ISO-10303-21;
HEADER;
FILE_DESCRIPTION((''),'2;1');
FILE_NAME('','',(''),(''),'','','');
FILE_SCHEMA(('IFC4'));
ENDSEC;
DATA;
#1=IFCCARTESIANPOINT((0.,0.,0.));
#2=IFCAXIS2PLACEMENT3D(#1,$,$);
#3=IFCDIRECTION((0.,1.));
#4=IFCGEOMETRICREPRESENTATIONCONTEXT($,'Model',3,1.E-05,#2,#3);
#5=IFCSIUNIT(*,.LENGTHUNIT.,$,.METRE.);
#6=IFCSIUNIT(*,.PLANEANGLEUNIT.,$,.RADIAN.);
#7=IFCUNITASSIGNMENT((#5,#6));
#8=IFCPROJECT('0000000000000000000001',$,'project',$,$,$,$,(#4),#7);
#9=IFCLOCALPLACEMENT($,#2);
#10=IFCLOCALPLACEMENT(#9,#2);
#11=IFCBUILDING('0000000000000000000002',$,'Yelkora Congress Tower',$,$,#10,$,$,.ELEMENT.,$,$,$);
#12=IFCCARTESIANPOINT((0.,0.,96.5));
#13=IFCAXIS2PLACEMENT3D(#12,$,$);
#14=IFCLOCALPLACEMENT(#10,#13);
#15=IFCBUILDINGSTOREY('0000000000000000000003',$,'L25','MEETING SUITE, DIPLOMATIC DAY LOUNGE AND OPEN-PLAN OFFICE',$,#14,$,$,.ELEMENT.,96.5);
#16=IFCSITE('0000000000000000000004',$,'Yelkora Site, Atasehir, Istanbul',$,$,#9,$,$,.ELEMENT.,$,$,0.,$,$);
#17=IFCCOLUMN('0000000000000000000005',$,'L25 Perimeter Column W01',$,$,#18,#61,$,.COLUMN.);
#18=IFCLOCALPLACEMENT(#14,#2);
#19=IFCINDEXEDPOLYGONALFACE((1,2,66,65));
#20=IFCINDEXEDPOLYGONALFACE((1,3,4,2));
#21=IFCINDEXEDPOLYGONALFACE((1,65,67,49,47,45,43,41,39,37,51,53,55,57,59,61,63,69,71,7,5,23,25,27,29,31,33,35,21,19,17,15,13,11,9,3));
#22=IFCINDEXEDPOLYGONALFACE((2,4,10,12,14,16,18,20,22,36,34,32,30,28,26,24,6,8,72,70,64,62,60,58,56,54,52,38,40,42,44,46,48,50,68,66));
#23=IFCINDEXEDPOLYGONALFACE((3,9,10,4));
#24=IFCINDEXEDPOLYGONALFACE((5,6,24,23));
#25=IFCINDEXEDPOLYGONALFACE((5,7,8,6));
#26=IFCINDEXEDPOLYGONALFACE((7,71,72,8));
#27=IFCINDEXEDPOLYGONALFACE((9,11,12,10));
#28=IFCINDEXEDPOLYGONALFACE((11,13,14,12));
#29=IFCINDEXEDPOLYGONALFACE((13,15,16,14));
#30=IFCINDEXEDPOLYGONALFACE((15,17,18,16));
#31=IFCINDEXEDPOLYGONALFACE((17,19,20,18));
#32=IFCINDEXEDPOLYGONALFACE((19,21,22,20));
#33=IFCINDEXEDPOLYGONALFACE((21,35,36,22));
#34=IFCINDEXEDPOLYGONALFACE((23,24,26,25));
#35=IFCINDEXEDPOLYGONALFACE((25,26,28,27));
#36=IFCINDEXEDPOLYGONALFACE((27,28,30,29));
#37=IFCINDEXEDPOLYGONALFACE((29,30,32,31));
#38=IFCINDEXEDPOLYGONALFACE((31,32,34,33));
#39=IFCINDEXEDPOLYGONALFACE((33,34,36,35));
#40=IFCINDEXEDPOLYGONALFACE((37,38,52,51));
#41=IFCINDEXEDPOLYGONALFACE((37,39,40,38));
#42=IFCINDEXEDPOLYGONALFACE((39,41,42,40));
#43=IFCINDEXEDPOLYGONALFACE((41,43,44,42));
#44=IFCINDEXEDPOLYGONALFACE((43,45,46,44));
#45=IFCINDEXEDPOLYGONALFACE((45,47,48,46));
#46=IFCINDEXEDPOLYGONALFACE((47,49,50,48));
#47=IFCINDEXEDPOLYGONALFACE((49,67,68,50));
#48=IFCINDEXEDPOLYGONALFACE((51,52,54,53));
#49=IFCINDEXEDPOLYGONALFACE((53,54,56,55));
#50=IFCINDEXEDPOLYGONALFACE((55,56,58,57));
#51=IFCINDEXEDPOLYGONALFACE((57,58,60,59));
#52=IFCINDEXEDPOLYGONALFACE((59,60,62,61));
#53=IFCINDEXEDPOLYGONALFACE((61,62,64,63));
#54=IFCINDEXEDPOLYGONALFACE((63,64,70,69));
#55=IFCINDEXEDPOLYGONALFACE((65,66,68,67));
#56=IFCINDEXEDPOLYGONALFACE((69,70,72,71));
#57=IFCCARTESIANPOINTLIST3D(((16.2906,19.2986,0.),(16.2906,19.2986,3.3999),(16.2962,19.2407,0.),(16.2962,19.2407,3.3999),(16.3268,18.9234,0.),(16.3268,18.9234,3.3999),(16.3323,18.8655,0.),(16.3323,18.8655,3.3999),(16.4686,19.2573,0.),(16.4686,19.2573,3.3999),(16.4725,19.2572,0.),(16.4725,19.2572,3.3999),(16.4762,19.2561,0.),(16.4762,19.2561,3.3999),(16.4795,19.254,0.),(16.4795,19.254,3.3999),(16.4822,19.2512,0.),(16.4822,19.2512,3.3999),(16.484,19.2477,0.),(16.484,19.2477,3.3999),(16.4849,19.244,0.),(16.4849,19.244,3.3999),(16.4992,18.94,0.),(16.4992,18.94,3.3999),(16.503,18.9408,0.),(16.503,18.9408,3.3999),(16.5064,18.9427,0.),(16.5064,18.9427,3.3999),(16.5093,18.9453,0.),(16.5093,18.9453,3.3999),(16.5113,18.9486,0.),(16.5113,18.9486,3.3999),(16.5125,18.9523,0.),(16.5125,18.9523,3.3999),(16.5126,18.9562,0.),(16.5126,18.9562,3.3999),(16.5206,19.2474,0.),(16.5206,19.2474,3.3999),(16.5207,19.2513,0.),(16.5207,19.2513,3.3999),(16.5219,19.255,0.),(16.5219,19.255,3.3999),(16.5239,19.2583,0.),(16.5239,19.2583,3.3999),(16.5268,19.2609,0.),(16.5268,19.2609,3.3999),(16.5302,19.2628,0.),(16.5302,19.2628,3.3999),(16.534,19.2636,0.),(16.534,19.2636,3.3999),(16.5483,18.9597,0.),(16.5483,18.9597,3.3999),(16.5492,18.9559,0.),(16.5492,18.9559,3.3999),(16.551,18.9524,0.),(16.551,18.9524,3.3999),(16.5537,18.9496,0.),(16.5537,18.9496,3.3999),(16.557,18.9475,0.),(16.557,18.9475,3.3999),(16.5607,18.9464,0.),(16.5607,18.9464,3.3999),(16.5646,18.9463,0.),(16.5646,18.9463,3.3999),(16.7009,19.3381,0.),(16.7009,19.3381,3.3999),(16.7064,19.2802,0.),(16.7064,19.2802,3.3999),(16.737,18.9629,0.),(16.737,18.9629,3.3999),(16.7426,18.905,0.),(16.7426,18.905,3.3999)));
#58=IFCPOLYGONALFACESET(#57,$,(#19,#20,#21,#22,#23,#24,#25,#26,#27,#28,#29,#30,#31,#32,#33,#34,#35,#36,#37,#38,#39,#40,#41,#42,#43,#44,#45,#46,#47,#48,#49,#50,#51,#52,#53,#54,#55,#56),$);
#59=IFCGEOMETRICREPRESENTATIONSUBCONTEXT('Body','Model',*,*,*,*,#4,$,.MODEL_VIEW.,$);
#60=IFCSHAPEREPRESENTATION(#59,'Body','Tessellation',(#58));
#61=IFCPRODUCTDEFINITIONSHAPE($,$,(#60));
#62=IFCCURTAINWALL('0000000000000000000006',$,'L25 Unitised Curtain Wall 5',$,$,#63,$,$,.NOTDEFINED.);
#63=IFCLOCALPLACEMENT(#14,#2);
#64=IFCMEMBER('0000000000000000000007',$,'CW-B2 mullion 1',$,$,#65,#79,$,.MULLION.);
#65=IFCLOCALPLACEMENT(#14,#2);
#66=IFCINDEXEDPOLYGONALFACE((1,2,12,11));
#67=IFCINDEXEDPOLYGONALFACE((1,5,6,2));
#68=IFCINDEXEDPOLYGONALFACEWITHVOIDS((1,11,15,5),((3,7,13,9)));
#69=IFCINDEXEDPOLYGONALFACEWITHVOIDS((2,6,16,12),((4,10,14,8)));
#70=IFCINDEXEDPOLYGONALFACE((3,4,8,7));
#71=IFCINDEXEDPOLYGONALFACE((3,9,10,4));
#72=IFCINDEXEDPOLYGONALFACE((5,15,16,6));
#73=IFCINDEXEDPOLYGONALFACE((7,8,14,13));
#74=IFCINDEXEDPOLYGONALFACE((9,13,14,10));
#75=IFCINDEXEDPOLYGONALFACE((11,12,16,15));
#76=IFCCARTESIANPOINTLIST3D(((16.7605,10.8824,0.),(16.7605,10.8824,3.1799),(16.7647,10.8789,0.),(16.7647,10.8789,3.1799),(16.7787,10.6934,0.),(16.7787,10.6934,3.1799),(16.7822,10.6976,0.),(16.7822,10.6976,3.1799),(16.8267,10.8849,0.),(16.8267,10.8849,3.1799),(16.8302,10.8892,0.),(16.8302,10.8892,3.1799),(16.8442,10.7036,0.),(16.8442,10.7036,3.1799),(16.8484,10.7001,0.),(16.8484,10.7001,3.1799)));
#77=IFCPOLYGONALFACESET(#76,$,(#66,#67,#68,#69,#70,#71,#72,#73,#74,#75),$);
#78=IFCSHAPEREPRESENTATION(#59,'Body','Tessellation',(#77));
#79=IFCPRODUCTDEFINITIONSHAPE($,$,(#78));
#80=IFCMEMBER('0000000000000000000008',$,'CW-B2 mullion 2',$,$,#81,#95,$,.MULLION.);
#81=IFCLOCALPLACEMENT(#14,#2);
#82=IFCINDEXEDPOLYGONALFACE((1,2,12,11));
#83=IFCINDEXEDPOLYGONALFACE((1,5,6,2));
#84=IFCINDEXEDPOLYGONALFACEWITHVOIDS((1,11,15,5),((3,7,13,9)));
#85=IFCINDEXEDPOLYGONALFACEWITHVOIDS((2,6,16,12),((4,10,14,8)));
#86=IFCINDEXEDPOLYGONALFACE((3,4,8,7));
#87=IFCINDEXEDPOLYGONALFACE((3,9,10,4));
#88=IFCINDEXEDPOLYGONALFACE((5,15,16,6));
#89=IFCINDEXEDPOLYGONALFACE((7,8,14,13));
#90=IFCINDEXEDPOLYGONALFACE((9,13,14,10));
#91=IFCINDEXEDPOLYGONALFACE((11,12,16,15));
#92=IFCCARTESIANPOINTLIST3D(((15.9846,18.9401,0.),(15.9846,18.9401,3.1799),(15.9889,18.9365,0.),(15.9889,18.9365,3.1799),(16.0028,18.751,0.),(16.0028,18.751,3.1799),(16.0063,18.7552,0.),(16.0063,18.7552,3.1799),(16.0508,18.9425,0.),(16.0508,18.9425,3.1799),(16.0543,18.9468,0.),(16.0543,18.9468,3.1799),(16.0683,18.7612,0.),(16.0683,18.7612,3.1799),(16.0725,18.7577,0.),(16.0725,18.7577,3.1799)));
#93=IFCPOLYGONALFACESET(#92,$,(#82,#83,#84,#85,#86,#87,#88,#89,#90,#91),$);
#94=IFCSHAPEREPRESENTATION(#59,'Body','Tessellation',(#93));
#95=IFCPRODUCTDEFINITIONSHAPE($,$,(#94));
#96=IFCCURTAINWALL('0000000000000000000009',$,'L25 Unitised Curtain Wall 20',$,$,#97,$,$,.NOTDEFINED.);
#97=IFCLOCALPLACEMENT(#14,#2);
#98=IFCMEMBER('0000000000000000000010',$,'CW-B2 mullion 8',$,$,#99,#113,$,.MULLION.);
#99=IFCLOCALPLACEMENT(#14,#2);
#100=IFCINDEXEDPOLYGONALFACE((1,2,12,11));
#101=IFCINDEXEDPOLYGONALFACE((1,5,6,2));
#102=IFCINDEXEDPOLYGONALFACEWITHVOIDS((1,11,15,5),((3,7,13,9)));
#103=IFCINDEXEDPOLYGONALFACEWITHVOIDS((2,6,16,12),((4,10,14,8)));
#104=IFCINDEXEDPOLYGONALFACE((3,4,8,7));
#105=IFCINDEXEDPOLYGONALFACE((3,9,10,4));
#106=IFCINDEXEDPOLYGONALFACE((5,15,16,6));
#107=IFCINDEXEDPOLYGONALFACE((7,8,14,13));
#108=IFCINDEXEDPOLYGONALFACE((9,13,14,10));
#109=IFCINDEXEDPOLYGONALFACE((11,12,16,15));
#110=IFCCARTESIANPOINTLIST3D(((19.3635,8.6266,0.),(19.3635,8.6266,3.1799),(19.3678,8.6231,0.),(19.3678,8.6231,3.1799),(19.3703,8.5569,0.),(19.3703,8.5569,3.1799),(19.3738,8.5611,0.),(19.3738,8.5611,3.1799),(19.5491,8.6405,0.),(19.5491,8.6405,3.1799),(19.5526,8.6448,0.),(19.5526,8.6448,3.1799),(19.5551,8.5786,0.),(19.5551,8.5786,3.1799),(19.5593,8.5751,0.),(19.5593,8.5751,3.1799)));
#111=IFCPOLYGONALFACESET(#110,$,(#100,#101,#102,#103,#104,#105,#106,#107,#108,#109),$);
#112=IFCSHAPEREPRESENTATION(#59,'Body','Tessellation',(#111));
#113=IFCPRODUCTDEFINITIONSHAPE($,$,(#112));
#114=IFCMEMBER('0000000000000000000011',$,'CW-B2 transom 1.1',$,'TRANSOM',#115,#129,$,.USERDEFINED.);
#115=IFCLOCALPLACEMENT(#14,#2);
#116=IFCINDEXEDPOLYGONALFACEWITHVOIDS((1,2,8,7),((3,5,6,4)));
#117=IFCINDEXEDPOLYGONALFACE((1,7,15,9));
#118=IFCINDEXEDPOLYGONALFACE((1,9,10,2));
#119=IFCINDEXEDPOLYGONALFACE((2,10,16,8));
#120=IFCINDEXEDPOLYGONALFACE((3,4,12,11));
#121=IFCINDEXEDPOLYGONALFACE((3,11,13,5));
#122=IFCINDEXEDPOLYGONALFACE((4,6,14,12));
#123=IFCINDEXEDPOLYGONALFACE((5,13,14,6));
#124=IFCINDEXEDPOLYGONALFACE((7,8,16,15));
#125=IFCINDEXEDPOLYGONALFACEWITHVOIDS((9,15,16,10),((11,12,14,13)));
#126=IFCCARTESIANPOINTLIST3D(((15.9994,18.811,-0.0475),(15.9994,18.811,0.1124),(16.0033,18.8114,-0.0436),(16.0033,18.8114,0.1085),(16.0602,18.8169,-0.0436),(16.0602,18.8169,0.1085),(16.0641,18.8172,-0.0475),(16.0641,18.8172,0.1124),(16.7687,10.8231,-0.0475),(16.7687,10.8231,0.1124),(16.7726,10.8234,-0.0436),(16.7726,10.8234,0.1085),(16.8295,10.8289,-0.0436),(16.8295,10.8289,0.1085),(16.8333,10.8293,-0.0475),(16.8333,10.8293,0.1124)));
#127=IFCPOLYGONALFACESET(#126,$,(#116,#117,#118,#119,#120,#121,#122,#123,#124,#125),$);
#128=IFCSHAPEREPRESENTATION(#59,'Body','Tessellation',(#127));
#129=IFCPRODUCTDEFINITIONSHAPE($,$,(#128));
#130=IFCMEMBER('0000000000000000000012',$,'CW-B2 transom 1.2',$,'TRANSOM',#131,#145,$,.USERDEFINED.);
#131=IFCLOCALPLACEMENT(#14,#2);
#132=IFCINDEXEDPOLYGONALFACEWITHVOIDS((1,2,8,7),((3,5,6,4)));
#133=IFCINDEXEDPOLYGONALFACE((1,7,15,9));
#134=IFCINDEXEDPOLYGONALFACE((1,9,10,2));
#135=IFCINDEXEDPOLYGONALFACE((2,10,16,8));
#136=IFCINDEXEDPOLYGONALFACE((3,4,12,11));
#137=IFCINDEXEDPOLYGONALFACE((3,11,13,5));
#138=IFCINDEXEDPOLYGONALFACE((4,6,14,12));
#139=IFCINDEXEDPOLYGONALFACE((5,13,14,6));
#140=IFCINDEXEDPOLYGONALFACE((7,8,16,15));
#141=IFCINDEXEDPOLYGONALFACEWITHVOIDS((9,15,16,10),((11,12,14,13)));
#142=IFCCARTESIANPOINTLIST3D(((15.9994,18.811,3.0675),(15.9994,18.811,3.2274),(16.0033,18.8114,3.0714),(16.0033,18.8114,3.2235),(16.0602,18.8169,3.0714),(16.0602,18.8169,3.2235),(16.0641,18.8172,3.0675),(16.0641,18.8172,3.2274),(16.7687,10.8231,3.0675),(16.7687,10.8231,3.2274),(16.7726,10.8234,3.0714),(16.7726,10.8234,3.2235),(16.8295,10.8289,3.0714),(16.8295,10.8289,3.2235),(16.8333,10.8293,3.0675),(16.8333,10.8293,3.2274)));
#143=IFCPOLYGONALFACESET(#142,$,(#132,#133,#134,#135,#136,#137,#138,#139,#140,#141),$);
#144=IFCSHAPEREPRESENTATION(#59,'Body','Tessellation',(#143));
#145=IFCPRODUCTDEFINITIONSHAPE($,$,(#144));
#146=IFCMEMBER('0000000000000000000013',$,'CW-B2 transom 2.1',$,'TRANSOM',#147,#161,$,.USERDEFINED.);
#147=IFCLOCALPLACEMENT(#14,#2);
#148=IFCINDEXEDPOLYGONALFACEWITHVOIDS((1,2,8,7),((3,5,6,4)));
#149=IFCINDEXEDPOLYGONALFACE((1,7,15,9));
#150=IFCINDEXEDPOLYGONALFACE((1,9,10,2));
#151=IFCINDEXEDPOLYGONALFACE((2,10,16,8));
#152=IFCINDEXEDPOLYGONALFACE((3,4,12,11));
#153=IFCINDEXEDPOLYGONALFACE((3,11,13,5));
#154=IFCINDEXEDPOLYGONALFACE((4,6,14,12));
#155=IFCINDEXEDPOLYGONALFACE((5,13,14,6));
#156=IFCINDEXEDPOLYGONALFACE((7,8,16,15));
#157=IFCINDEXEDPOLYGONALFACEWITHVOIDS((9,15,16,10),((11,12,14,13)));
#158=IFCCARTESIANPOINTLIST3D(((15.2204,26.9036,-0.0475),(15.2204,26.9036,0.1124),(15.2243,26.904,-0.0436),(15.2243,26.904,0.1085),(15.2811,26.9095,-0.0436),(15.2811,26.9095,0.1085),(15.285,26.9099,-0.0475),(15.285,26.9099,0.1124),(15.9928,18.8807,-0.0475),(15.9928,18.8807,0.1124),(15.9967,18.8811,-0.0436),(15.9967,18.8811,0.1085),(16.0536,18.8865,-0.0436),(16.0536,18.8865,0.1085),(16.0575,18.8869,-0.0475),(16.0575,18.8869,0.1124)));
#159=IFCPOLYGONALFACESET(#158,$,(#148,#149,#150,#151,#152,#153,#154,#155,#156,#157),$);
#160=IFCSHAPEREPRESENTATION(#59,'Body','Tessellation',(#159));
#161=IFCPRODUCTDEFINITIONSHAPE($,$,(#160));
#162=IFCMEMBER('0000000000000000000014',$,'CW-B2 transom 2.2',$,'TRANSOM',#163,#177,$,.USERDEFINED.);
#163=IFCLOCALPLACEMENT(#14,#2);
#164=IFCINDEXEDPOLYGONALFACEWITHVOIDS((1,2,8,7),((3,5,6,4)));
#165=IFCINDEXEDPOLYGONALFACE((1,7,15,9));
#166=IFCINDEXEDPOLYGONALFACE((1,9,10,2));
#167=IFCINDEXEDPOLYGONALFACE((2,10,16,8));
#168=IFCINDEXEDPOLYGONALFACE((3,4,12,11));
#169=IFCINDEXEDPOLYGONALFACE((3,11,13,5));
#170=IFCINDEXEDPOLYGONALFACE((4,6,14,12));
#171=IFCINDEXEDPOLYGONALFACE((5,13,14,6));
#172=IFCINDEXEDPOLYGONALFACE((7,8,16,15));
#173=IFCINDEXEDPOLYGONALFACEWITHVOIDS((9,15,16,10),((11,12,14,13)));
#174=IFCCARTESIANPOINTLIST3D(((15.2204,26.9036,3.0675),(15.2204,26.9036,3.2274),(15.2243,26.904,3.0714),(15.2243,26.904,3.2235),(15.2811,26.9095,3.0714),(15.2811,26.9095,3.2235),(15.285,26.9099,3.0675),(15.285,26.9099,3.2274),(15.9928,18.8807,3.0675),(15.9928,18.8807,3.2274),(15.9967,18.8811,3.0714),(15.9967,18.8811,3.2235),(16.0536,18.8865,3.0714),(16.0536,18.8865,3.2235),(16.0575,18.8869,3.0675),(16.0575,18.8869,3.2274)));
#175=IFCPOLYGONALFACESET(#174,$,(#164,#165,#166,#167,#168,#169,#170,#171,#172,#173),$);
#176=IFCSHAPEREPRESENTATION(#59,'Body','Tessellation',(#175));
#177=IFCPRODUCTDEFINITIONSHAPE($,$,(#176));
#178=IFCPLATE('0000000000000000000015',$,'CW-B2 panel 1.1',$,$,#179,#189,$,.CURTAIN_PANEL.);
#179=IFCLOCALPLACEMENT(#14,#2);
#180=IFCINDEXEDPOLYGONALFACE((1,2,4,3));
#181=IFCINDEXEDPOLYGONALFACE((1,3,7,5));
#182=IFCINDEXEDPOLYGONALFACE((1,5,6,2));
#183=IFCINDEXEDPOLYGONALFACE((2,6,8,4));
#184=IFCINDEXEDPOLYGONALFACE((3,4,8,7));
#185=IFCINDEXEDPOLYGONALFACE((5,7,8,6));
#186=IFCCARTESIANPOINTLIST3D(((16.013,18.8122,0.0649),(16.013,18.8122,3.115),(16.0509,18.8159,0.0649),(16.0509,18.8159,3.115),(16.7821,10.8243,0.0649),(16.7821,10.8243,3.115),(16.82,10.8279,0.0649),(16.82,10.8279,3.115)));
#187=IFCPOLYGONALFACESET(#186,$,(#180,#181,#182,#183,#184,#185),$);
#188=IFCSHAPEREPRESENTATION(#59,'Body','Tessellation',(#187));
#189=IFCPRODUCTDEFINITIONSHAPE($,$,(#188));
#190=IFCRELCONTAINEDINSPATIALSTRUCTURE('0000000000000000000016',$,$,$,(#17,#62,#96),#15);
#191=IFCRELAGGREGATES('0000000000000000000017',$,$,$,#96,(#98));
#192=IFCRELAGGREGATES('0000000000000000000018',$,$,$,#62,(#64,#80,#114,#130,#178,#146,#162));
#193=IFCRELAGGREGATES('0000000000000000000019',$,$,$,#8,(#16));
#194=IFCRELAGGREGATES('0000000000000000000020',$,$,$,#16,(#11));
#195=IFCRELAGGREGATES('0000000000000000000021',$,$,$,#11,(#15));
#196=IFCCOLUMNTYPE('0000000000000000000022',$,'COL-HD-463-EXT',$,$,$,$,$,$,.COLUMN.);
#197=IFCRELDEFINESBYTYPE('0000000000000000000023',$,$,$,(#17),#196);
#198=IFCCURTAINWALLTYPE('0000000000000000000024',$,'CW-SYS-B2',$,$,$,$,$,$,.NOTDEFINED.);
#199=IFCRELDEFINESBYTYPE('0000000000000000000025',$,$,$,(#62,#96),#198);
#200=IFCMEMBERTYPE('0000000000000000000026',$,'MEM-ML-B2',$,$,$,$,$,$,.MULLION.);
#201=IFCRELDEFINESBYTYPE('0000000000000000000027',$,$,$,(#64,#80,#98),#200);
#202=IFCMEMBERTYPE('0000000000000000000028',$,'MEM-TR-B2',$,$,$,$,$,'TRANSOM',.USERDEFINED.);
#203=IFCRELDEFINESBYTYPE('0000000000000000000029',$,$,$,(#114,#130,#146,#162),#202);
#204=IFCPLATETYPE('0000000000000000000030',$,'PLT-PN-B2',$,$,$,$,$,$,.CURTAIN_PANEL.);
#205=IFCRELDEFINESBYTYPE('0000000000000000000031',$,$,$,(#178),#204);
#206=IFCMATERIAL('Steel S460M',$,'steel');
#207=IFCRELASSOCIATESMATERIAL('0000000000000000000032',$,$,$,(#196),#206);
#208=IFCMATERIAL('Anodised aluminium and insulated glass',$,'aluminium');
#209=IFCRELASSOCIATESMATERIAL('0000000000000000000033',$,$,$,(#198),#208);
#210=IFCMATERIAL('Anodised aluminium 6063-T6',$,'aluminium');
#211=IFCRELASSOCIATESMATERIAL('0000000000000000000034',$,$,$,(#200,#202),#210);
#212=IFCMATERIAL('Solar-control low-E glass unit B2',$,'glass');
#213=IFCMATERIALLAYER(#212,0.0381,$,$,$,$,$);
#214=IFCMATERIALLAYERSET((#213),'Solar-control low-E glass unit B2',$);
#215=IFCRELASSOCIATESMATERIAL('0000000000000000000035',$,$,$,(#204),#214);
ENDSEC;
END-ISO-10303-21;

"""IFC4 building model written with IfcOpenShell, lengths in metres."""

from ifc_helpers import new_model, si_unit, direction, frame, origin, origin_2d, place, context, subcontext, project, spatial, rectangle, hollow_rectangle, i_section, extrude, material, layer, layer_set, material_profile, profile_set, type_object, element, aggregate, save


model = new_model("IFC4")

# Units and contexts
model_context = context("Model", 3, precision=1e-05, world=origin(), true_north=direction((0.0, 1.0)))
body_context = subcontext(model_context, "Body", "Model", "MODEL_VIEW")
ifc_project = project(units=[si_unit("LENGTHUNIT", "METRE"), si_unit("PLANEANGLEUNIT", "RADIAN")], contexts=[model_context])

# Site, building, storey
site_placement = place(None, origin())
site = spatial("IfcSite", under=ifc_project, at=site_placement, Name="Yelkora Site, Atasehir, Istanbul", CompositionType="ELEMENT", RefElevation=0.0)
building_placement = place(site_placement, origin())
building = spatial("IfcBuilding", under=site, at=building_placement, Name="Yelkora Congress Tower", CompositionType="ELEMENT")
storey_placement = place(building_placement, frame((0.0, 0.0, 96.5)))
storey = spatial("IfcBuildingStorey", under=building, at=storey_placement, Name="L25", Description="MEETING SUITE, DIPLOMATIC DAY LOUNGE AND OPEN-PLAN OFFICE", CompositionType="ELEMENT", Elevation=96.5)

# Column
ifc_material_1 = material(Name="Steel S460M", Category="steel")
ifc_material_profile_1 = material_profile(ifc_material_1, i_section(OverallWidth=0.4121, OverallDepth=0.4351, WebThickness=0.0359, FlangeThickness=0.0581, FilletRadius=0.0149, at=origin_2d()), Name="HD 400x463")
ifc_profile_set_1 = profile_set([ifc_material_profile_1], Name="Steel S460M")
column_type = type_object("IfcColumnType", Name="COL-HD-463-EXT", PredefinedType="COLUMN", material=ifc_profile_set_1)
column_placement = place(storey_placement, frame((16.5166, 19.1018, 0.0), z_axis=(0.0, 0.0, 1.0), x_axis=(0.995396, 0.095846, 0.0)))
element("IfcColumn", 1, at=column_placement, inside=storey, type_object=column_type, Name="L25 Perimeter Column W01", PredefinedType="COLUMN", context=body_context, shape_type="SweptSolid", body=[
    extrude(i_section(OverallWidth=0.4121, OverallDepth=0.4351, WebThickness=0.0359, FlangeThickness=0.0581, FilletRadius=0.0149, at=origin_2d()), origin(), (0.0, 0.0, 1.0), 3.3999),
])

# Curtain wall, members
ifc_material_2 = material(Name="Anodised aluminium and insulated glass", Category="aluminium")
curtain_wall_type = type_object("IfcCurtainWallType", Name="CW-SYS-B2", PredefinedType="NOTDEFINED", material=ifc_material_2)
curtain_wall_1_placement = place(storey_placement, origin())
curtain_wall_1 = element("IfcCurtainWall", 2, at=curtain_wall_1_placement, inside=storey, type_object=curtain_wall_type, Name="L25 Unitised Curtain Wall 5", PredefinedType="NOTDEFINED")
ifc_material_3 = material(Name="Anodised aluminium 6063-T6", Category="aluminium")
ifc_material_profile_2 = material_profile(ifc_material_3, hollow_rectangle(XDim=0.0701, YDim=0.1899, WallThickness=0.0039, at=origin_2d()), Name="ALU 70x190x4")
ifc_profile_set_2 = profile_set([ifc_material_profile_2], Name="Anodised aluminium 6063-T6")
member_type_1 = type_object("IfcMemberType", Name="MEM-ML-B2", PredefinedType="MULLION", material=ifc_profile_set_2)
member_1_placement = place(storey_placement, frame((16.8044, 10.7913, 0.0), z_axis=(0.0, 0.0, 1.0), x_axis=(-0.995397, -0.095843, 0.0)))
member_1 = element("IfcMember", 3, at=member_1_placement, type_object=member_type_1, Name="CW-B2 mullion 1", PredefinedType="MULLION", context=body_context, shape_type="SweptSolid", body=[
    extrude(hollow_rectangle(XDim=0.0701, YDim=0.1899, WallThickness=0.0039, at=origin_2d()), origin(), (0.0, 0.0, 1.0), 3.1799),
])
member_2_placement = place(storey_placement, frame((16.0286, 18.8489, 0.0), z_axis=(0.0, 0.0, 1.0), x_axis=(-0.995397, -0.095843, 0.0)))
member_2 = element("IfcMember", 4, at=member_2_placement, type_object=member_type_1, Name="CW-B2 mullion 2", PredefinedType="MULLION", context=body_context, shape_type="SweptSolid", body=[
    extrude(hollow_rectangle(XDim=0.0701, YDim=0.1899, WallThickness=0.0039, at=origin_2d()), origin(), (0.0, 0.0, 1.0), 3.1799),
])

# Curtain wall, member
curtain_wall_2_placement = place(storey_placement, origin())
curtain_wall_2 = element("IfcCurtainWall", 5, at=curtain_wall_2_placement, inside=storey, type_object=curtain_wall_type, Name="L25 Unitised Curtain Wall 20", PredefinedType="NOTDEFINED")
member_3_placement = place(storey_placement, frame((19.4614, 8.6008, 0.0), z_axis=(0.0, 0.0, 1.0), x_axis=(0.095844, -0.995396, 0.0)))
member_3 = element("IfcMember", 6, at=member_3_placement, type_object=member_type_1, Name="CW-B2 mullion 8", PredefinedType="MULLION", context=body_context, shape_type="SweptSolid", body=[
    extrude(hollow_rectangle(XDim=0.0701, YDim=0.1899, WallThickness=0.0039, at=origin_2d()), origin(), (0.0, 0.0, 1.0), 3.1799),
])
aggregate(curtain_wall_2, [member_3])

# Members
ifc_material_profile_3 = material_profile(ifc_material_3, hollow_rectangle(XDim=0.0649, YDim=0.1599, WallThickness=0.0039, at=origin_2d()), Name="ALU 65x160x4")
ifc_profile_set_3 = profile_set([ifc_material_profile_3], Name="Anodised aluminium 6063-T6")
member_type_2 = type_object("IfcMemberType", Name="MEM-TR-B2", ElementType="TRANSOM", PredefinedType="USERDEFINED", material=ifc_profile_set_3)
member_4_placement = place(storey_placement, frame((16.801, 10.8262, 0.0325), z_axis=(-0.095861, 0.995395, 0.0), x_axis=(-0.995395, -0.095861, 0.0)))
member_4 = element("IfcMember", 7, at=member_4_placement, type_object=member_type_2, Name="CW-B2 transom 1.1", ObjectType="TRANSOM", PredefinedType="USERDEFINED", context=body_context, shape_type="SweptSolid", body=[
    extrude(hollow_rectangle(XDim=0.0649, YDim=0.1599, WallThickness=0.0039, at=origin_2d()), origin(), (0.0, 0.0, 1.0), 8.0249),
])
member_5_placement = place(storey_placement, frame((16.801, 10.8262, 3.1475), z_axis=(-0.095861, 0.995395, 0.0), x_axis=(-0.995395, -0.095861, 0.0)))
member_5 = element("IfcMember", 8, at=member_5_placement, type_object=member_type_2, Name="CW-B2 transom 1.2", ObjectType="TRANSOM", PredefinedType="USERDEFINED", context=body_context, shape_type="SweptSolid", body=[
    extrude(hollow_rectangle(XDim=0.0649, YDim=0.1599, WallThickness=0.0039, at=origin_2d()), origin(), (0.0, 0.0, 1.0), 8.0249),
])
member_6_placement = place(storey_placement, frame((16.0251, 18.8838, 0.0325), z_axis=(-0.095838, 0.995397, 0.0), x_axis=(-0.995397, -0.095838, 0.0)))
member_6 = element("IfcMember", 9, at=member_6_placement, type_object=member_type_2, Name="CW-B2 transom 2.1", ObjectType="TRANSOM", PredefinedType="USERDEFINED", context=body_context, shape_type="SweptSolid", body=[
    extrude(hollow_rectangle(XDim=0.0649, YDim=0.1599, WallThickness=0.0039, at=origin_2d()), origin(), (0.0, 0.0, 1.0), 8.0601),
])
member_7_placement = place(storey_placement, frame((16.0251, 18.8838, 3.1475), z_axis=(-0.095838, 0.995397, 0.0), x_axis=(-0.995397, -0.095838, 0.0)))
member_7 = element("IfcMember", 10, at=member_7_placement, type_object=member_type_2, Name="CW-B2 transom 2.2", ObjectType="TRANSOM", PredefinedType="USERDEFINED", context=body_context, shape_type="SweptSolid", body=[
    extrude(hollow_rectangle(XDim=0.0649, YDim=0.1599, WallThickness=0.0039, at=origin_2d()), origin(), (0.0, 0.0, 1.0), 8.0601),
])

# Plate
ifc_material_4 = material(Name="Solar-control low-E glass unit B2", Category="glass")
ifc_layer_1 = layer(ifc_material_4, 0.0381)
ifc_layer_set_1 = layer_set([ifc_layer_1], Name="Solar-control low-E glass unit B2")
plate_type = type_object("IfcPlateType", Name="PLT-PN-B2", PredefinedType="CURTAIN_PANEL", material=ifc_layer_set_1)
plate_placement = place(storey_placement, frame((16.4165, 14.8201, 0.0649), z_axis=(0.0, 0.0, 1.0), x_axis=(-0.095843, 0.995397, 0.0)))
plate = element("IfcPlate", 11, at=plate_placement, type_object=plate_type, Name="CW-B2 panel 1.1", PredefinedType="CURTAIN_PANEL", context=body_context, shape_type="SweptSolid", body=[
    extrude(rectangle(XDim=8.0249, YDim=0.0381, at=origin_2d()), origin(), (0.0, 0.0, 1.0), 3.05),
])
aggregate(curtain_wall_1, [member_1, member_2, member_4, member_5, plate, member_6, member_7])

save(model, "model.ifc")
